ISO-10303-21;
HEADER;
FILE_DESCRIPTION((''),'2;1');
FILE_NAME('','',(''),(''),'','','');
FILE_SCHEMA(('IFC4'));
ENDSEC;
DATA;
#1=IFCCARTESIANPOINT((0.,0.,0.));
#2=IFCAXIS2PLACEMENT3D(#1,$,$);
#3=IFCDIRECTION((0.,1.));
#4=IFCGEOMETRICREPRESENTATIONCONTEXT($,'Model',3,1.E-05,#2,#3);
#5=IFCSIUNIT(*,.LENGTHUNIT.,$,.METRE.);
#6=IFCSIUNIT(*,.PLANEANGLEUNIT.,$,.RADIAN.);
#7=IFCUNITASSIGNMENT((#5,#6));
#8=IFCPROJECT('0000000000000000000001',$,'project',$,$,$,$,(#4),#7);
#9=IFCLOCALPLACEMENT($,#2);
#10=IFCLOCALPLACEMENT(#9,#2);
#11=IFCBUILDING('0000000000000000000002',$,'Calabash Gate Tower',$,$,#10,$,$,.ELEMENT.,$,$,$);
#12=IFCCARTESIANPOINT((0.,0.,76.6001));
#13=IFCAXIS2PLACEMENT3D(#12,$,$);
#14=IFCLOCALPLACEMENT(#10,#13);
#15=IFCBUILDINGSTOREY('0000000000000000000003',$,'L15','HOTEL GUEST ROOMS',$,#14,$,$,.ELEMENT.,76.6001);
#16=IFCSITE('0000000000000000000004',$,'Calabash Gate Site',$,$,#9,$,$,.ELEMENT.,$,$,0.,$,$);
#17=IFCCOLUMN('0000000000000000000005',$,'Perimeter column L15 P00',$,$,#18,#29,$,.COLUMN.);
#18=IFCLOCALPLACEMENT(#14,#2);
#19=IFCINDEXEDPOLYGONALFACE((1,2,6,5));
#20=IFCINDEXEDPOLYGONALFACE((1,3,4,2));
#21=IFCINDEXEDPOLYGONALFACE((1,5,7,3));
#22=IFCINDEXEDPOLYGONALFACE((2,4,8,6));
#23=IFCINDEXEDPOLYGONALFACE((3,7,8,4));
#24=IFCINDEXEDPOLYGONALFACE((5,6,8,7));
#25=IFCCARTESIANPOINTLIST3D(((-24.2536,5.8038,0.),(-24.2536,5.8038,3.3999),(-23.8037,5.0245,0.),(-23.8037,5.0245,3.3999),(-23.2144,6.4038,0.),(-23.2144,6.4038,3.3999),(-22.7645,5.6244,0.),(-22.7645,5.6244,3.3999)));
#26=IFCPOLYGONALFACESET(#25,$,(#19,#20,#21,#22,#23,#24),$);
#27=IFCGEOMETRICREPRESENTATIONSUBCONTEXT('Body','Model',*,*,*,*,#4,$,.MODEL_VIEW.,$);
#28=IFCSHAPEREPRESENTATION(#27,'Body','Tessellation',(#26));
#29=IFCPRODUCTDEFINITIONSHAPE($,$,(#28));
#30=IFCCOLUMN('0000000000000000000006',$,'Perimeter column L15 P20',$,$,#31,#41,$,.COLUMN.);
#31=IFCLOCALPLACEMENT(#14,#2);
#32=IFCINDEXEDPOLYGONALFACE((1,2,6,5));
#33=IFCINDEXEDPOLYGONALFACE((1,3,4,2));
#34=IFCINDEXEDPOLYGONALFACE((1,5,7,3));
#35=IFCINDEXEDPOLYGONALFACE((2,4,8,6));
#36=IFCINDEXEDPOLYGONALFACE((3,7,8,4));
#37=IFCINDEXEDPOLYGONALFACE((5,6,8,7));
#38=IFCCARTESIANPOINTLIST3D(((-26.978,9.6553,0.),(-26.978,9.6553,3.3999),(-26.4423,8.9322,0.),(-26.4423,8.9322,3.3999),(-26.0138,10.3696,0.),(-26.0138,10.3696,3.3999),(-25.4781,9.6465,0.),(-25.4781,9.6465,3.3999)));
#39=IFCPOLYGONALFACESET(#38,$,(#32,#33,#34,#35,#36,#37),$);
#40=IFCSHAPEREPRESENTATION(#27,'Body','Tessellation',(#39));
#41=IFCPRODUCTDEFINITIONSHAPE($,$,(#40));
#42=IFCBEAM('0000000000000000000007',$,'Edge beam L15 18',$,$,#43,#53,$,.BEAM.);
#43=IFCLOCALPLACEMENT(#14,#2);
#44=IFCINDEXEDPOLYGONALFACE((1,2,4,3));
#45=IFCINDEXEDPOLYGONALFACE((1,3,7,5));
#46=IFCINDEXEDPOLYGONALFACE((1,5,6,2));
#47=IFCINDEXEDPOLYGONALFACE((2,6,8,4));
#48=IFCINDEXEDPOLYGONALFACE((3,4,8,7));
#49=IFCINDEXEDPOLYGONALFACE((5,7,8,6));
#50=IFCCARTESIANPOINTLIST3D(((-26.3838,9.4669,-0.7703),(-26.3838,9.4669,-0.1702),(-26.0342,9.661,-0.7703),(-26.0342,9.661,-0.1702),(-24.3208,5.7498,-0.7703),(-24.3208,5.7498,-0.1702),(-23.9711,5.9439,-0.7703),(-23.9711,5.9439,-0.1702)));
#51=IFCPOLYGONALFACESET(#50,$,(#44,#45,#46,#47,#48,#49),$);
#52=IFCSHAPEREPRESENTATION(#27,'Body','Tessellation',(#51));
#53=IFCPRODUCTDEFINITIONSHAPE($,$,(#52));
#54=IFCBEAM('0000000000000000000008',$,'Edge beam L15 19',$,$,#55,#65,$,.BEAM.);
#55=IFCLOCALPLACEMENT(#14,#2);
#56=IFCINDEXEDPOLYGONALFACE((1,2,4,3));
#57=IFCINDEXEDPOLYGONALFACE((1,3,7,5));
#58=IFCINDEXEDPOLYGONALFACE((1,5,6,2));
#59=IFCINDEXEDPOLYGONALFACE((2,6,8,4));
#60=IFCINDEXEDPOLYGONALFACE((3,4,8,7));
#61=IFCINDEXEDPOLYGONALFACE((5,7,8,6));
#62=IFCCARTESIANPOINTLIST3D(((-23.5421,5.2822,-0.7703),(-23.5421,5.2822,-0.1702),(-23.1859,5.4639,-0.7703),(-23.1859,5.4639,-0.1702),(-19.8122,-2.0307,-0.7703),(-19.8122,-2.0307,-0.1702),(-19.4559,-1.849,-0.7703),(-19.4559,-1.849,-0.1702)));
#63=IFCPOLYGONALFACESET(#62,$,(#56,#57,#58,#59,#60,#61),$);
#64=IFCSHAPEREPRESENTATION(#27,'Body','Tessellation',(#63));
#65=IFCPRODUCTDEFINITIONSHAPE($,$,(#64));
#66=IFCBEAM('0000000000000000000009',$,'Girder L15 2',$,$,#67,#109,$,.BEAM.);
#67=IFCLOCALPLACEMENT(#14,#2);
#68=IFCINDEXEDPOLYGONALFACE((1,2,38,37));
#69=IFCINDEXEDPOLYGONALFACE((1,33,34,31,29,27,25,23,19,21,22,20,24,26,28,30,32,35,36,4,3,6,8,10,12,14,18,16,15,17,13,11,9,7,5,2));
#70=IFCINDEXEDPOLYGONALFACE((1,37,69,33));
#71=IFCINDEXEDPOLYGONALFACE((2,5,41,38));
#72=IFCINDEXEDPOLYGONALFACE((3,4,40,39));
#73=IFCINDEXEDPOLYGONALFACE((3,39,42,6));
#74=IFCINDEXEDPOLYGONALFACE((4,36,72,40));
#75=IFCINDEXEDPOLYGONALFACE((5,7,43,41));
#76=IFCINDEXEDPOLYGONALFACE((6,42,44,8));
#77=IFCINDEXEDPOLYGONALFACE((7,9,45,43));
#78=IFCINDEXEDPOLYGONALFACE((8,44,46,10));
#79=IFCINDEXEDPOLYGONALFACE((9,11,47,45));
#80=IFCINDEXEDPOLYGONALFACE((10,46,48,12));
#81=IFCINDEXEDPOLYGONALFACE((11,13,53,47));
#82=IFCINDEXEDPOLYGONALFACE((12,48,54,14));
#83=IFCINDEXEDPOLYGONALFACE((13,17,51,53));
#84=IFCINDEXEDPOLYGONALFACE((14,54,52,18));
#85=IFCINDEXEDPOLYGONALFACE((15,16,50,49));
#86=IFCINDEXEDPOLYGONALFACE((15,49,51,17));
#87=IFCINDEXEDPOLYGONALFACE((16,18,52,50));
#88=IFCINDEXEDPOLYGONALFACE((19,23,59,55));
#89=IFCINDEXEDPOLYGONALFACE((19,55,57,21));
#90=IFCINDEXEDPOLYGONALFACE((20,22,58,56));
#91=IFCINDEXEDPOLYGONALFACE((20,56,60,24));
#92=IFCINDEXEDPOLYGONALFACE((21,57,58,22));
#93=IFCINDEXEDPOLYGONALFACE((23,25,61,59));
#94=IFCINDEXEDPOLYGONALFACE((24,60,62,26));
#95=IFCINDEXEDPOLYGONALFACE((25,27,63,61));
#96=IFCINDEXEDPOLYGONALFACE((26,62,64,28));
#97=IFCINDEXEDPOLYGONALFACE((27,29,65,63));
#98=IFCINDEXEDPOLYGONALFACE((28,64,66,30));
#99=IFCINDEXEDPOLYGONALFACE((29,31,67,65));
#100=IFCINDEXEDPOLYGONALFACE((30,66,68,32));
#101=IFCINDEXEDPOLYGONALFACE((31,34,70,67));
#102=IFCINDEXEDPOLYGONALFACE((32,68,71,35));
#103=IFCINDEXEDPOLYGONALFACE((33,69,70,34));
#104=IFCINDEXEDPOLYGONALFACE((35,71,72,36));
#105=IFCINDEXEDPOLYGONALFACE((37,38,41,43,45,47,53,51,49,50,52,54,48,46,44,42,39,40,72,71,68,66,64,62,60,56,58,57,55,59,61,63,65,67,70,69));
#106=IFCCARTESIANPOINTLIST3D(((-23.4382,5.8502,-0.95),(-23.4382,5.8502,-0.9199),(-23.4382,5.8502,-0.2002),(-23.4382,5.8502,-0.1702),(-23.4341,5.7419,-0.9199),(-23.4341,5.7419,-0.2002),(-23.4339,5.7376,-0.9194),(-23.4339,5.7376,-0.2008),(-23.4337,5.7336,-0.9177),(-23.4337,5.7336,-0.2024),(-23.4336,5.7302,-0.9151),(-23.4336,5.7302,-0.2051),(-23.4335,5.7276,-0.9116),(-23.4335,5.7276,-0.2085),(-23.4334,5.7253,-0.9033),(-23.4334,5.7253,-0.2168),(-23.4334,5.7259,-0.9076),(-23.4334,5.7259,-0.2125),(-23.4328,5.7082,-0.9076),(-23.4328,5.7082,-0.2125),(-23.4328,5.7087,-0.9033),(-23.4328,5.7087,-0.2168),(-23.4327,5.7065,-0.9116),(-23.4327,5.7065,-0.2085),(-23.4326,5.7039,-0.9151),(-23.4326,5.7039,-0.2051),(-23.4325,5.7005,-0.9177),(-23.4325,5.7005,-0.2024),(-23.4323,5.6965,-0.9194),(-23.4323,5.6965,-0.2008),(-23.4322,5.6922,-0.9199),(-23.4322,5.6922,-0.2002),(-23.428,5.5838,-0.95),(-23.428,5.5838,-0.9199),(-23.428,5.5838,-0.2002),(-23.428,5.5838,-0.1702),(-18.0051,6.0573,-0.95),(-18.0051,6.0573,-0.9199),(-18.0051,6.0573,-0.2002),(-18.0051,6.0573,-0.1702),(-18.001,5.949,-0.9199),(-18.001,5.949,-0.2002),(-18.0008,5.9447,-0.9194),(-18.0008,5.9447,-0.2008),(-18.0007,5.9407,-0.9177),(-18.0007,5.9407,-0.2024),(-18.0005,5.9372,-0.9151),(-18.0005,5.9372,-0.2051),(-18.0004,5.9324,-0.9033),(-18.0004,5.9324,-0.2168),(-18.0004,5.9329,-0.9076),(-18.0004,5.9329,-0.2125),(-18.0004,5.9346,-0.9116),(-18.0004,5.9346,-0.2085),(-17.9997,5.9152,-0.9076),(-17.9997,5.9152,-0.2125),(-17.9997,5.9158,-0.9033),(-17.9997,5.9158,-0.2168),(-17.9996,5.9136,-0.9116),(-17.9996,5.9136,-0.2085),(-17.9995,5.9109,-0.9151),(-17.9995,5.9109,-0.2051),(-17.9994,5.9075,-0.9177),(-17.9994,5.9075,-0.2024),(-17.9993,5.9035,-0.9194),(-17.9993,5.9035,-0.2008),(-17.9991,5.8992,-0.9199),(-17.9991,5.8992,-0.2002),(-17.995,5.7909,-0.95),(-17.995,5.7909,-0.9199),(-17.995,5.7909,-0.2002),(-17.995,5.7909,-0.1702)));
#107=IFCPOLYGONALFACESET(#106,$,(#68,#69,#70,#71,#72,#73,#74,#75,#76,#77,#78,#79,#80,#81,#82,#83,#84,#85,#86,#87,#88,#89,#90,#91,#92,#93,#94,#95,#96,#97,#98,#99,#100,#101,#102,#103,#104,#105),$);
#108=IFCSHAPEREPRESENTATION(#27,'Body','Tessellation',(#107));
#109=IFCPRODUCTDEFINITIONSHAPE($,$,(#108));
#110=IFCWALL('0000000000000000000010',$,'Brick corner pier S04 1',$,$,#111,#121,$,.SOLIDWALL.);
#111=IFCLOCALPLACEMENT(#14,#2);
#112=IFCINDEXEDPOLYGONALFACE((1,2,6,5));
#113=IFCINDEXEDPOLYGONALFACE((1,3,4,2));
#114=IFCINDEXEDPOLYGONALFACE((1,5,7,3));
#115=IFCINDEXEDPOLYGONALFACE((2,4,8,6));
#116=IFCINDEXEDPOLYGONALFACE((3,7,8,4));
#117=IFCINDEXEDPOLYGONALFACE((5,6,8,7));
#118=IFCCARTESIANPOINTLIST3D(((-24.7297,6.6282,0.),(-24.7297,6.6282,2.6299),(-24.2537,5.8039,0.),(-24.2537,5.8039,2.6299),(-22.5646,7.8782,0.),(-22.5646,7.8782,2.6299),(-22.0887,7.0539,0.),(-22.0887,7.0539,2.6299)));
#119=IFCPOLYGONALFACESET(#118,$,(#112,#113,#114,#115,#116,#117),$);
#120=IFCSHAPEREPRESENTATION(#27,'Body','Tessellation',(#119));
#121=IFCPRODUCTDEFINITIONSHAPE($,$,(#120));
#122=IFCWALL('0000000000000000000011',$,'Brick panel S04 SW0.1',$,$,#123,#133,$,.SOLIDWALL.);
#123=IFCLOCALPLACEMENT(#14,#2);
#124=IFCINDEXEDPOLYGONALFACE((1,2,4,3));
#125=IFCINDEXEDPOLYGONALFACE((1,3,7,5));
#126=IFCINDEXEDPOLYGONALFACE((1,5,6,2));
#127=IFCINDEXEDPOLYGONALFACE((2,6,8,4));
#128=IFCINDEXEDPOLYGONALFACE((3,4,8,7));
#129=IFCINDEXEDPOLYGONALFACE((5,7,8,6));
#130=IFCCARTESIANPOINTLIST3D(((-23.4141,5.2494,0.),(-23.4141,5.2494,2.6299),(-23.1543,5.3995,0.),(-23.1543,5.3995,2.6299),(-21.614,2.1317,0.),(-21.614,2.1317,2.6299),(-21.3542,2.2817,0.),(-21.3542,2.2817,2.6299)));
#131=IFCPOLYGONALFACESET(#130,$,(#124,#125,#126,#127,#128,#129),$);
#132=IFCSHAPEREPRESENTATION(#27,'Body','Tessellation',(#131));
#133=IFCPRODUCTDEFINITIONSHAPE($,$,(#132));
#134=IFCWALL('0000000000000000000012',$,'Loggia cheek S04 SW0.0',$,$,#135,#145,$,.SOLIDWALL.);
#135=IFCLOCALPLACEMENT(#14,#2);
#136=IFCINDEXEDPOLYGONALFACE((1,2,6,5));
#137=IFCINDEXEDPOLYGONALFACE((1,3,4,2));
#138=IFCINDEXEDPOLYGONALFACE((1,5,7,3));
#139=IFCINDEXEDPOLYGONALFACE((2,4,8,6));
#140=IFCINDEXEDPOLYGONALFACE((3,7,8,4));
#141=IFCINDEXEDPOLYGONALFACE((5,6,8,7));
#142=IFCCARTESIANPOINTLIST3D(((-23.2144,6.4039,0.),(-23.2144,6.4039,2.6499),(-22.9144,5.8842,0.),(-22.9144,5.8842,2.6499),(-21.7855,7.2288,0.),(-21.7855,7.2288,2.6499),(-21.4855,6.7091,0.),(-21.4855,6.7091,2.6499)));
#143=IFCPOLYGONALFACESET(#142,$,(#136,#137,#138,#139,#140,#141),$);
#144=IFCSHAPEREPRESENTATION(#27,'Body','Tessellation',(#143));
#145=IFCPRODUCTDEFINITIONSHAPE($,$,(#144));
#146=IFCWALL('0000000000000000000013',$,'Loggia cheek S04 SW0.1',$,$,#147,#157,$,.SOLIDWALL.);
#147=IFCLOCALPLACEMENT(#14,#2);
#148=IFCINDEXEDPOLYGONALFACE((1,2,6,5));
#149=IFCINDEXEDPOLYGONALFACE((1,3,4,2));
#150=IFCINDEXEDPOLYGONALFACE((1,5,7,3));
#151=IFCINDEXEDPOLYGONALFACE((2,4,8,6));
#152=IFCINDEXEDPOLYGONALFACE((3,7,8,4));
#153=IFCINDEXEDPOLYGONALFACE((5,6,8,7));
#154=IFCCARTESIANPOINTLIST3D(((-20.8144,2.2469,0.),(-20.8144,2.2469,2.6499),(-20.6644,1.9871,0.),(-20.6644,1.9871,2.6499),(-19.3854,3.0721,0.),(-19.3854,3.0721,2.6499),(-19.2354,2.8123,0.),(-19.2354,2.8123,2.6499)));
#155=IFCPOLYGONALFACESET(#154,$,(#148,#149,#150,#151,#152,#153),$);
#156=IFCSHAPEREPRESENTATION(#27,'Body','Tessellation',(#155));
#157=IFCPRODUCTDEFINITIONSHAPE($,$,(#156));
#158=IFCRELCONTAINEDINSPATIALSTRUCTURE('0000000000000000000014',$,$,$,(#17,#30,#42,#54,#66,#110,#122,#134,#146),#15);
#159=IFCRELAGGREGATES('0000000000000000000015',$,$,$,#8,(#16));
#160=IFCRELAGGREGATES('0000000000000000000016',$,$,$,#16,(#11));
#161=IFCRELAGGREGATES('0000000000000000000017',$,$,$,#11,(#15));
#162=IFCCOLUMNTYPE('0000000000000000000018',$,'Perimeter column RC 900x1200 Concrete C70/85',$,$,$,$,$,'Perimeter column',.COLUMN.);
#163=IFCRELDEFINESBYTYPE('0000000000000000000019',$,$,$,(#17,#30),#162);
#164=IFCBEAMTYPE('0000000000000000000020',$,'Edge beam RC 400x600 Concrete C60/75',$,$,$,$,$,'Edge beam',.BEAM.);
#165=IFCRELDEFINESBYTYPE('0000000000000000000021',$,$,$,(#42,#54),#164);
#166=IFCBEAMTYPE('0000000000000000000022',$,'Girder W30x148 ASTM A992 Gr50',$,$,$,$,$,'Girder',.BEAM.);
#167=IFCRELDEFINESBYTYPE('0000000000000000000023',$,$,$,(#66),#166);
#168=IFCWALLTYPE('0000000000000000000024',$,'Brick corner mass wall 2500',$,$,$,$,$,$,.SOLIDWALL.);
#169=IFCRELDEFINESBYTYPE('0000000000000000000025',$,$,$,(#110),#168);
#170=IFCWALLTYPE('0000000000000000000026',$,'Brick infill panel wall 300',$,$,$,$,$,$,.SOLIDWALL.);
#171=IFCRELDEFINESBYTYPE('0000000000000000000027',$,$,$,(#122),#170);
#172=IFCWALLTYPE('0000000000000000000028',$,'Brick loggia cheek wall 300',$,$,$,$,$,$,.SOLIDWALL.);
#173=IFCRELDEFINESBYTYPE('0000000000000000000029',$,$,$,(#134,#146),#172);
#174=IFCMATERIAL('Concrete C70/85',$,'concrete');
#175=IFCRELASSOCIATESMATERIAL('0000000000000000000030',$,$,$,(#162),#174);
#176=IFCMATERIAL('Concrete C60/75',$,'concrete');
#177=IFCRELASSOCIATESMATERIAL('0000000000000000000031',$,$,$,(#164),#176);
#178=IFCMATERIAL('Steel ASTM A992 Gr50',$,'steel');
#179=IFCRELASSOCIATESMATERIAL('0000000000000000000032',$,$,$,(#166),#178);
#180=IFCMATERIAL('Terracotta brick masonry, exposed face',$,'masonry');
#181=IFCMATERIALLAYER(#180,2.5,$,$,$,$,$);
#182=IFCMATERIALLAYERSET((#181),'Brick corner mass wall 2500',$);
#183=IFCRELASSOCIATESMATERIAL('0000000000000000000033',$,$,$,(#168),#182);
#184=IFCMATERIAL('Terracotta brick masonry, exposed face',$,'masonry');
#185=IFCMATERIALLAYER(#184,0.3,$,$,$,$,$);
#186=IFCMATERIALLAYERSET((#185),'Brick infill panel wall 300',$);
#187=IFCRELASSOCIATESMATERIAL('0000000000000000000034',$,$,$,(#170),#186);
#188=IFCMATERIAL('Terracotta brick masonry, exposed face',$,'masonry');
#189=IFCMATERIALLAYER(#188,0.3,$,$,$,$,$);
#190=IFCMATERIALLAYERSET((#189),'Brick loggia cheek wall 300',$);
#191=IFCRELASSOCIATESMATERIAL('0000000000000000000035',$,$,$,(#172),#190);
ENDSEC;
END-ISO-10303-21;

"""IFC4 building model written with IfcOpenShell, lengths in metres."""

from ifc_helpers import new_model, si_unit, direction, frame, frame_2d, origin, origin_2d, place, context, subcontext, project, spatial, rectangle, i_section, extrude, material, layer, layer_set, material_profile, profile_set, type_object, element, save


model = new_model("IFC4")

# Units and contexts
model_context = context("Model", 3, precision=1e-05, world=origin(), true_north=direction((0.0, 1.0)))
body_context = subcontext(model_context, "Body", "Model", "MODEL_VIEW")
ifc_project = project(units=[si_unit("LENGTHUNIT", "METRE"), si_unit("PLANEANGLEUNIT", "RADIAN")], contexts=[model_context])

# Site, building, storey
site_placement = place(None, origin())
site = spatial("IfcSite", under=ifc_project, at=site_placement, Name="Calabash Gate Site", CompositionType="ELEMENT", RefElevation=0.0)
building_placement = place(site_placement, origin())
building = spatial("IfcBuilding", under=site, at=building_placement, Name="Calabash Gate Tower", CompositionType="ELEMENT")
storey_placement = place(building_placement, frame((0.0, 0.0, 76.6001)))
storey = spatial("IfcBuildingStorey", under=building, at=storey_placement, Name="L15", Description="HOTEL GUEST ROOMS", CompositionType="ELEMENT", Elevation=76.6001)

# Columns
ifc_material_1 = material(Name="Concrete C70/85", Category="concrete")
ifc_material_profile_1 = material_profile(ifc_material_1, rectangle(XDim=0.8999, YDim=1.2, at=origin_2d()))
ifc_profile_set_1 = profile_set([ifc_material_profile_1], Name="Concrete C70/85")
column_type = type_object("IfcColumnType", Name="Perimeter column RC 900x1200 Concrete C70/85", ElementType="Perimeter column", PredefinedType="COLUMN", material=ifc_profile_set_1)
for number, where, z_axis, x_axis, name in (
    (1, (-23.509, 5.7141, 0.0), (0.0, 0.0, 1.0), (0.5, -0.866025, 0.0), "Perimeter column L15 P00"),
    (2, (-26.228, 9.6509, 0.0), (0.0, 0.0, 1.0), (0.595287, -0.803513, 0.0), "Perimeter column L15 P20"),
):
    element("IfcColumn", number, at=place(storey_placement, frame(where, z_axis=z_axis, x_axis=x_axis)), inside=storey, type_object=column_type, Name=name, PredefinedType="COLUMN", context=body_context, shape_type="SweptSolid", body=[
        extrude(rectangle(XDim=0.8999, YDim=1.2, at=origin_2d()), origin(), (0.0, 0.0, 1.0), 3.3999),
    ])

# Beams
ifc_material_2 = material(Name="Concrete C60/75", Category="concrete")
ifc_material_profile_2 = material_profile(ifc_material_2, rectangle(XDim=0.3999, YDim=0.6001, at=origin_2d()))
ifc_profile_set_2 = profile_set([ifc_material_profile_2], Name="Concrete C60/75")
beam_type_1 = type_object("IfcBeamType", Name="Edge beam RC 400x600 Concrete C60/75", ElementType="Edge beam", PredefinedType="BEAM", material=ifc_profile_set_2)
beam_1_placement = place(storey_placement, frame((-26.209, 9.564, -0.4702), z_axis=(0.485277, -0.87436, 0.0), x_axis=(0.87436, 0.485277, 0.0)))
element("IfcBeam", 3, at=beam_1_placement, inside=storey, type_object=beam_type_1, Name="Edge beam L15 18", PredefinedType="BEAM", context=body_context, shape_type="SweptSolid", body=[
    extrude(rectangle(XDim=0.3999, YDim=0.6001, at=origin_2d()), origin(), (0.0, 0.0, 1.0), 4.2512),
])
beam_2_placement = place(storey_placement, frame((-23.364, 5.373, -0.4702), z_axis=(0.454361, -0.890818, 0.0), x_axis=(0.890818, 0.454361, 0.0)))
element("IfcBeam", 4, at=beam_2_placement, inside=storey, type_object=beam_type_1, Name="Edge beam L15 19", PredefinedType="BEAM", context=body_context, shape_type="SweptSolid", body=[
    extrude(rectangle(XDim=0.3999, YDim=0.6001, at=origin_2d()), origin(), (0.0, 0.0, 1.0), 8.2092),
])
ifc_material_3 = material(Name="Steel ASTM A992 Gr50", Category="steel")
ifc_material_profile_3 = material_profile(ifc_material_3, i_section(OverallWidth=0.2666, OverallDepth=0.7798, WebThickness=0.0166, FlangeThickness=0.03, FilletRadius=0.0166, at=origin_2d()))
ifc_profile_set_3 = profile_set([ifc_material_profile_3], Name="Steel ASTM A992 Gr50")
beam_type_2 = type_object("IfcBeamType", Name="Girder W30x148 ASTM A992 Gr50", ElementType="Girder", PredefinedType="BEAM", material=ifc_profile_set_3)
beam_3_placement = place(storey_placement, frame((-23.4331, 5.717, -0.5601), z_axis=(0.999275, 0.038078, 0.0), x_axis=(-0.038078, 0.999275, 0.0)))
element("IfcBeam", 5, at=beam_3_placement, inside=storey, type_object=beam_type_2, Name="Girder L15 2", PredefinedType="BEAM", context=body_context, shape_type="SweptSolid", body=[
    extrude(i_section(OverallWidth=0.2666, OverallDepth=0.7798, WebThickness=0.0166, FlangeThickness=0.03, FilletRadius=0.0166, at=origin_2d()), origin(), (0.0, 0.0, 1.0), 5.437),
])

# Walls
ifc_material_4 = material(Name="Terracotta brick masonry, exposed face", Category="masonry")
ifc_layer_1 = layer(ifc_material_4, 2.5)
ifc_layer_set_1 = layer_set([ifc_layer_1], Name="Brick corner mass wall 2500")
wall_type_1 = type_object("IfcWallType", Name="Brick corner mass wall 2500", PredefinedType="SOLIDWALL", material=ifc_layer_set_1)
wall_1_placement = place(storey_placement, frame((-22.3267, 7.4661, 0.0), z_axis=(0.0, 0.0, 1.0), x_axis=(-0.866023, -0.500004, 0.0)))
element("IfcWall", 6, at=wall_1_placement, inside=storey, type_object=wall_type_1, Name="Brick corner pier S04 1", PredefinedType="SOLIDWALL", context=body_context, shape_type="SweptSolid", body=[
    extrude(rectangle(XDim=2.5, YDim=0.9519, at=frame_2d((1.25, 0.0))), origin(), (0.0, 0.0, 1.0), 2.6299),
])
ifc_material_5 = material(Name="Terracotta brick masonry, exposed face", Category="masonry")
ifc_layer_2 = layer(ifc_material_5, 0.3)
ifc_layer_set_2 = layer_set([ifc_layer_2], Name="Brick infill panel wall 300")
wall_type_2 = type_object("IfcWallType", Name="Brick infill panel wall 300", PredefinedType="SOLIDWALL", material=ifc_layer_set_2)
wall_2_placement = place(storey_placement, frame((-23.2842, 5.3245, 0.0), z_axis=(0.0, 0.0, 1.0), x_axis=(0.500012, -0.866018, 0.0)))
element("IfcWall", 7, at=wall_2_placement, inside=storey, type_object=wall_type_2, Name="Brick panel S04 SW0.1", PredefinedType="SOLIDWALL", context=body_context, shape_type="SweptSolid", body=[
    extrude(rectangle(XDim=3.6001, YDim=0.3, at=frame_2d((1.8, 0.0))), origin(), (0.0, 0.0, 1.0), 2.6299),
])
ifc_material_6 = material(Name="Terracotta brick masonry, exposed face", Category="masonry")
ifc_layer_3 = layer(ifc_material_6, 0.3)
ifc_layer_set_3 = layer_set([ifc_layer_3], Name="Brick loggia cheek wall 300")
wall_type_3 = type_object("IfcWallType", Name="Brick loggia cheek wall 300", PredefinedType="SOLIDWALL", material=ifc_layer_set_3)
wall_3_placement = place(storey_placement, frame((-21.6355, 6.969, 0.0), z_axis=(0.0, 0.0, 1.0), x_axis=(-0.86604, -0.499974, 0.0)))
element("IfcWall", 8, at=wall_3_placement, inside=storey, type_object=wall_type_3, Name="Loggia cheek S04 SW0.0", PredefinedType="SOLIDWALL", context=body_context, shape_type="SweptSolid", body=[
    extrude(rectangle(XDim=1.6499, YDim=0.6001, at=frame_2d((0.825, 0.0))), origin(), (0.0, 0.0, 1.0), 2.6499),
])
wall_4_placement = place(storey_placement, frame((-20.7395, 2.1169, 0.0), z_axis=(0.0, 0.0, 1.0), x_axis=(0.865976, 0.500085, 0.0)))
element("IfcWall", 9, at=wall_4_placement, inside=storey, type_object=wall_type_3, Name="Loggia cheek S04 SW0.1", PredefinedType="SOLIDWALL", context=body_context, shape_type="SweptSolid", body=[
    extrude(rectangle(XDim=1.6501, YDim=0.3, at=frame_2d((0.8252, 0.0))), origin(), (0.0, 0.0, 1.0), 2.6499),
])

save(model, "model.ifc")
